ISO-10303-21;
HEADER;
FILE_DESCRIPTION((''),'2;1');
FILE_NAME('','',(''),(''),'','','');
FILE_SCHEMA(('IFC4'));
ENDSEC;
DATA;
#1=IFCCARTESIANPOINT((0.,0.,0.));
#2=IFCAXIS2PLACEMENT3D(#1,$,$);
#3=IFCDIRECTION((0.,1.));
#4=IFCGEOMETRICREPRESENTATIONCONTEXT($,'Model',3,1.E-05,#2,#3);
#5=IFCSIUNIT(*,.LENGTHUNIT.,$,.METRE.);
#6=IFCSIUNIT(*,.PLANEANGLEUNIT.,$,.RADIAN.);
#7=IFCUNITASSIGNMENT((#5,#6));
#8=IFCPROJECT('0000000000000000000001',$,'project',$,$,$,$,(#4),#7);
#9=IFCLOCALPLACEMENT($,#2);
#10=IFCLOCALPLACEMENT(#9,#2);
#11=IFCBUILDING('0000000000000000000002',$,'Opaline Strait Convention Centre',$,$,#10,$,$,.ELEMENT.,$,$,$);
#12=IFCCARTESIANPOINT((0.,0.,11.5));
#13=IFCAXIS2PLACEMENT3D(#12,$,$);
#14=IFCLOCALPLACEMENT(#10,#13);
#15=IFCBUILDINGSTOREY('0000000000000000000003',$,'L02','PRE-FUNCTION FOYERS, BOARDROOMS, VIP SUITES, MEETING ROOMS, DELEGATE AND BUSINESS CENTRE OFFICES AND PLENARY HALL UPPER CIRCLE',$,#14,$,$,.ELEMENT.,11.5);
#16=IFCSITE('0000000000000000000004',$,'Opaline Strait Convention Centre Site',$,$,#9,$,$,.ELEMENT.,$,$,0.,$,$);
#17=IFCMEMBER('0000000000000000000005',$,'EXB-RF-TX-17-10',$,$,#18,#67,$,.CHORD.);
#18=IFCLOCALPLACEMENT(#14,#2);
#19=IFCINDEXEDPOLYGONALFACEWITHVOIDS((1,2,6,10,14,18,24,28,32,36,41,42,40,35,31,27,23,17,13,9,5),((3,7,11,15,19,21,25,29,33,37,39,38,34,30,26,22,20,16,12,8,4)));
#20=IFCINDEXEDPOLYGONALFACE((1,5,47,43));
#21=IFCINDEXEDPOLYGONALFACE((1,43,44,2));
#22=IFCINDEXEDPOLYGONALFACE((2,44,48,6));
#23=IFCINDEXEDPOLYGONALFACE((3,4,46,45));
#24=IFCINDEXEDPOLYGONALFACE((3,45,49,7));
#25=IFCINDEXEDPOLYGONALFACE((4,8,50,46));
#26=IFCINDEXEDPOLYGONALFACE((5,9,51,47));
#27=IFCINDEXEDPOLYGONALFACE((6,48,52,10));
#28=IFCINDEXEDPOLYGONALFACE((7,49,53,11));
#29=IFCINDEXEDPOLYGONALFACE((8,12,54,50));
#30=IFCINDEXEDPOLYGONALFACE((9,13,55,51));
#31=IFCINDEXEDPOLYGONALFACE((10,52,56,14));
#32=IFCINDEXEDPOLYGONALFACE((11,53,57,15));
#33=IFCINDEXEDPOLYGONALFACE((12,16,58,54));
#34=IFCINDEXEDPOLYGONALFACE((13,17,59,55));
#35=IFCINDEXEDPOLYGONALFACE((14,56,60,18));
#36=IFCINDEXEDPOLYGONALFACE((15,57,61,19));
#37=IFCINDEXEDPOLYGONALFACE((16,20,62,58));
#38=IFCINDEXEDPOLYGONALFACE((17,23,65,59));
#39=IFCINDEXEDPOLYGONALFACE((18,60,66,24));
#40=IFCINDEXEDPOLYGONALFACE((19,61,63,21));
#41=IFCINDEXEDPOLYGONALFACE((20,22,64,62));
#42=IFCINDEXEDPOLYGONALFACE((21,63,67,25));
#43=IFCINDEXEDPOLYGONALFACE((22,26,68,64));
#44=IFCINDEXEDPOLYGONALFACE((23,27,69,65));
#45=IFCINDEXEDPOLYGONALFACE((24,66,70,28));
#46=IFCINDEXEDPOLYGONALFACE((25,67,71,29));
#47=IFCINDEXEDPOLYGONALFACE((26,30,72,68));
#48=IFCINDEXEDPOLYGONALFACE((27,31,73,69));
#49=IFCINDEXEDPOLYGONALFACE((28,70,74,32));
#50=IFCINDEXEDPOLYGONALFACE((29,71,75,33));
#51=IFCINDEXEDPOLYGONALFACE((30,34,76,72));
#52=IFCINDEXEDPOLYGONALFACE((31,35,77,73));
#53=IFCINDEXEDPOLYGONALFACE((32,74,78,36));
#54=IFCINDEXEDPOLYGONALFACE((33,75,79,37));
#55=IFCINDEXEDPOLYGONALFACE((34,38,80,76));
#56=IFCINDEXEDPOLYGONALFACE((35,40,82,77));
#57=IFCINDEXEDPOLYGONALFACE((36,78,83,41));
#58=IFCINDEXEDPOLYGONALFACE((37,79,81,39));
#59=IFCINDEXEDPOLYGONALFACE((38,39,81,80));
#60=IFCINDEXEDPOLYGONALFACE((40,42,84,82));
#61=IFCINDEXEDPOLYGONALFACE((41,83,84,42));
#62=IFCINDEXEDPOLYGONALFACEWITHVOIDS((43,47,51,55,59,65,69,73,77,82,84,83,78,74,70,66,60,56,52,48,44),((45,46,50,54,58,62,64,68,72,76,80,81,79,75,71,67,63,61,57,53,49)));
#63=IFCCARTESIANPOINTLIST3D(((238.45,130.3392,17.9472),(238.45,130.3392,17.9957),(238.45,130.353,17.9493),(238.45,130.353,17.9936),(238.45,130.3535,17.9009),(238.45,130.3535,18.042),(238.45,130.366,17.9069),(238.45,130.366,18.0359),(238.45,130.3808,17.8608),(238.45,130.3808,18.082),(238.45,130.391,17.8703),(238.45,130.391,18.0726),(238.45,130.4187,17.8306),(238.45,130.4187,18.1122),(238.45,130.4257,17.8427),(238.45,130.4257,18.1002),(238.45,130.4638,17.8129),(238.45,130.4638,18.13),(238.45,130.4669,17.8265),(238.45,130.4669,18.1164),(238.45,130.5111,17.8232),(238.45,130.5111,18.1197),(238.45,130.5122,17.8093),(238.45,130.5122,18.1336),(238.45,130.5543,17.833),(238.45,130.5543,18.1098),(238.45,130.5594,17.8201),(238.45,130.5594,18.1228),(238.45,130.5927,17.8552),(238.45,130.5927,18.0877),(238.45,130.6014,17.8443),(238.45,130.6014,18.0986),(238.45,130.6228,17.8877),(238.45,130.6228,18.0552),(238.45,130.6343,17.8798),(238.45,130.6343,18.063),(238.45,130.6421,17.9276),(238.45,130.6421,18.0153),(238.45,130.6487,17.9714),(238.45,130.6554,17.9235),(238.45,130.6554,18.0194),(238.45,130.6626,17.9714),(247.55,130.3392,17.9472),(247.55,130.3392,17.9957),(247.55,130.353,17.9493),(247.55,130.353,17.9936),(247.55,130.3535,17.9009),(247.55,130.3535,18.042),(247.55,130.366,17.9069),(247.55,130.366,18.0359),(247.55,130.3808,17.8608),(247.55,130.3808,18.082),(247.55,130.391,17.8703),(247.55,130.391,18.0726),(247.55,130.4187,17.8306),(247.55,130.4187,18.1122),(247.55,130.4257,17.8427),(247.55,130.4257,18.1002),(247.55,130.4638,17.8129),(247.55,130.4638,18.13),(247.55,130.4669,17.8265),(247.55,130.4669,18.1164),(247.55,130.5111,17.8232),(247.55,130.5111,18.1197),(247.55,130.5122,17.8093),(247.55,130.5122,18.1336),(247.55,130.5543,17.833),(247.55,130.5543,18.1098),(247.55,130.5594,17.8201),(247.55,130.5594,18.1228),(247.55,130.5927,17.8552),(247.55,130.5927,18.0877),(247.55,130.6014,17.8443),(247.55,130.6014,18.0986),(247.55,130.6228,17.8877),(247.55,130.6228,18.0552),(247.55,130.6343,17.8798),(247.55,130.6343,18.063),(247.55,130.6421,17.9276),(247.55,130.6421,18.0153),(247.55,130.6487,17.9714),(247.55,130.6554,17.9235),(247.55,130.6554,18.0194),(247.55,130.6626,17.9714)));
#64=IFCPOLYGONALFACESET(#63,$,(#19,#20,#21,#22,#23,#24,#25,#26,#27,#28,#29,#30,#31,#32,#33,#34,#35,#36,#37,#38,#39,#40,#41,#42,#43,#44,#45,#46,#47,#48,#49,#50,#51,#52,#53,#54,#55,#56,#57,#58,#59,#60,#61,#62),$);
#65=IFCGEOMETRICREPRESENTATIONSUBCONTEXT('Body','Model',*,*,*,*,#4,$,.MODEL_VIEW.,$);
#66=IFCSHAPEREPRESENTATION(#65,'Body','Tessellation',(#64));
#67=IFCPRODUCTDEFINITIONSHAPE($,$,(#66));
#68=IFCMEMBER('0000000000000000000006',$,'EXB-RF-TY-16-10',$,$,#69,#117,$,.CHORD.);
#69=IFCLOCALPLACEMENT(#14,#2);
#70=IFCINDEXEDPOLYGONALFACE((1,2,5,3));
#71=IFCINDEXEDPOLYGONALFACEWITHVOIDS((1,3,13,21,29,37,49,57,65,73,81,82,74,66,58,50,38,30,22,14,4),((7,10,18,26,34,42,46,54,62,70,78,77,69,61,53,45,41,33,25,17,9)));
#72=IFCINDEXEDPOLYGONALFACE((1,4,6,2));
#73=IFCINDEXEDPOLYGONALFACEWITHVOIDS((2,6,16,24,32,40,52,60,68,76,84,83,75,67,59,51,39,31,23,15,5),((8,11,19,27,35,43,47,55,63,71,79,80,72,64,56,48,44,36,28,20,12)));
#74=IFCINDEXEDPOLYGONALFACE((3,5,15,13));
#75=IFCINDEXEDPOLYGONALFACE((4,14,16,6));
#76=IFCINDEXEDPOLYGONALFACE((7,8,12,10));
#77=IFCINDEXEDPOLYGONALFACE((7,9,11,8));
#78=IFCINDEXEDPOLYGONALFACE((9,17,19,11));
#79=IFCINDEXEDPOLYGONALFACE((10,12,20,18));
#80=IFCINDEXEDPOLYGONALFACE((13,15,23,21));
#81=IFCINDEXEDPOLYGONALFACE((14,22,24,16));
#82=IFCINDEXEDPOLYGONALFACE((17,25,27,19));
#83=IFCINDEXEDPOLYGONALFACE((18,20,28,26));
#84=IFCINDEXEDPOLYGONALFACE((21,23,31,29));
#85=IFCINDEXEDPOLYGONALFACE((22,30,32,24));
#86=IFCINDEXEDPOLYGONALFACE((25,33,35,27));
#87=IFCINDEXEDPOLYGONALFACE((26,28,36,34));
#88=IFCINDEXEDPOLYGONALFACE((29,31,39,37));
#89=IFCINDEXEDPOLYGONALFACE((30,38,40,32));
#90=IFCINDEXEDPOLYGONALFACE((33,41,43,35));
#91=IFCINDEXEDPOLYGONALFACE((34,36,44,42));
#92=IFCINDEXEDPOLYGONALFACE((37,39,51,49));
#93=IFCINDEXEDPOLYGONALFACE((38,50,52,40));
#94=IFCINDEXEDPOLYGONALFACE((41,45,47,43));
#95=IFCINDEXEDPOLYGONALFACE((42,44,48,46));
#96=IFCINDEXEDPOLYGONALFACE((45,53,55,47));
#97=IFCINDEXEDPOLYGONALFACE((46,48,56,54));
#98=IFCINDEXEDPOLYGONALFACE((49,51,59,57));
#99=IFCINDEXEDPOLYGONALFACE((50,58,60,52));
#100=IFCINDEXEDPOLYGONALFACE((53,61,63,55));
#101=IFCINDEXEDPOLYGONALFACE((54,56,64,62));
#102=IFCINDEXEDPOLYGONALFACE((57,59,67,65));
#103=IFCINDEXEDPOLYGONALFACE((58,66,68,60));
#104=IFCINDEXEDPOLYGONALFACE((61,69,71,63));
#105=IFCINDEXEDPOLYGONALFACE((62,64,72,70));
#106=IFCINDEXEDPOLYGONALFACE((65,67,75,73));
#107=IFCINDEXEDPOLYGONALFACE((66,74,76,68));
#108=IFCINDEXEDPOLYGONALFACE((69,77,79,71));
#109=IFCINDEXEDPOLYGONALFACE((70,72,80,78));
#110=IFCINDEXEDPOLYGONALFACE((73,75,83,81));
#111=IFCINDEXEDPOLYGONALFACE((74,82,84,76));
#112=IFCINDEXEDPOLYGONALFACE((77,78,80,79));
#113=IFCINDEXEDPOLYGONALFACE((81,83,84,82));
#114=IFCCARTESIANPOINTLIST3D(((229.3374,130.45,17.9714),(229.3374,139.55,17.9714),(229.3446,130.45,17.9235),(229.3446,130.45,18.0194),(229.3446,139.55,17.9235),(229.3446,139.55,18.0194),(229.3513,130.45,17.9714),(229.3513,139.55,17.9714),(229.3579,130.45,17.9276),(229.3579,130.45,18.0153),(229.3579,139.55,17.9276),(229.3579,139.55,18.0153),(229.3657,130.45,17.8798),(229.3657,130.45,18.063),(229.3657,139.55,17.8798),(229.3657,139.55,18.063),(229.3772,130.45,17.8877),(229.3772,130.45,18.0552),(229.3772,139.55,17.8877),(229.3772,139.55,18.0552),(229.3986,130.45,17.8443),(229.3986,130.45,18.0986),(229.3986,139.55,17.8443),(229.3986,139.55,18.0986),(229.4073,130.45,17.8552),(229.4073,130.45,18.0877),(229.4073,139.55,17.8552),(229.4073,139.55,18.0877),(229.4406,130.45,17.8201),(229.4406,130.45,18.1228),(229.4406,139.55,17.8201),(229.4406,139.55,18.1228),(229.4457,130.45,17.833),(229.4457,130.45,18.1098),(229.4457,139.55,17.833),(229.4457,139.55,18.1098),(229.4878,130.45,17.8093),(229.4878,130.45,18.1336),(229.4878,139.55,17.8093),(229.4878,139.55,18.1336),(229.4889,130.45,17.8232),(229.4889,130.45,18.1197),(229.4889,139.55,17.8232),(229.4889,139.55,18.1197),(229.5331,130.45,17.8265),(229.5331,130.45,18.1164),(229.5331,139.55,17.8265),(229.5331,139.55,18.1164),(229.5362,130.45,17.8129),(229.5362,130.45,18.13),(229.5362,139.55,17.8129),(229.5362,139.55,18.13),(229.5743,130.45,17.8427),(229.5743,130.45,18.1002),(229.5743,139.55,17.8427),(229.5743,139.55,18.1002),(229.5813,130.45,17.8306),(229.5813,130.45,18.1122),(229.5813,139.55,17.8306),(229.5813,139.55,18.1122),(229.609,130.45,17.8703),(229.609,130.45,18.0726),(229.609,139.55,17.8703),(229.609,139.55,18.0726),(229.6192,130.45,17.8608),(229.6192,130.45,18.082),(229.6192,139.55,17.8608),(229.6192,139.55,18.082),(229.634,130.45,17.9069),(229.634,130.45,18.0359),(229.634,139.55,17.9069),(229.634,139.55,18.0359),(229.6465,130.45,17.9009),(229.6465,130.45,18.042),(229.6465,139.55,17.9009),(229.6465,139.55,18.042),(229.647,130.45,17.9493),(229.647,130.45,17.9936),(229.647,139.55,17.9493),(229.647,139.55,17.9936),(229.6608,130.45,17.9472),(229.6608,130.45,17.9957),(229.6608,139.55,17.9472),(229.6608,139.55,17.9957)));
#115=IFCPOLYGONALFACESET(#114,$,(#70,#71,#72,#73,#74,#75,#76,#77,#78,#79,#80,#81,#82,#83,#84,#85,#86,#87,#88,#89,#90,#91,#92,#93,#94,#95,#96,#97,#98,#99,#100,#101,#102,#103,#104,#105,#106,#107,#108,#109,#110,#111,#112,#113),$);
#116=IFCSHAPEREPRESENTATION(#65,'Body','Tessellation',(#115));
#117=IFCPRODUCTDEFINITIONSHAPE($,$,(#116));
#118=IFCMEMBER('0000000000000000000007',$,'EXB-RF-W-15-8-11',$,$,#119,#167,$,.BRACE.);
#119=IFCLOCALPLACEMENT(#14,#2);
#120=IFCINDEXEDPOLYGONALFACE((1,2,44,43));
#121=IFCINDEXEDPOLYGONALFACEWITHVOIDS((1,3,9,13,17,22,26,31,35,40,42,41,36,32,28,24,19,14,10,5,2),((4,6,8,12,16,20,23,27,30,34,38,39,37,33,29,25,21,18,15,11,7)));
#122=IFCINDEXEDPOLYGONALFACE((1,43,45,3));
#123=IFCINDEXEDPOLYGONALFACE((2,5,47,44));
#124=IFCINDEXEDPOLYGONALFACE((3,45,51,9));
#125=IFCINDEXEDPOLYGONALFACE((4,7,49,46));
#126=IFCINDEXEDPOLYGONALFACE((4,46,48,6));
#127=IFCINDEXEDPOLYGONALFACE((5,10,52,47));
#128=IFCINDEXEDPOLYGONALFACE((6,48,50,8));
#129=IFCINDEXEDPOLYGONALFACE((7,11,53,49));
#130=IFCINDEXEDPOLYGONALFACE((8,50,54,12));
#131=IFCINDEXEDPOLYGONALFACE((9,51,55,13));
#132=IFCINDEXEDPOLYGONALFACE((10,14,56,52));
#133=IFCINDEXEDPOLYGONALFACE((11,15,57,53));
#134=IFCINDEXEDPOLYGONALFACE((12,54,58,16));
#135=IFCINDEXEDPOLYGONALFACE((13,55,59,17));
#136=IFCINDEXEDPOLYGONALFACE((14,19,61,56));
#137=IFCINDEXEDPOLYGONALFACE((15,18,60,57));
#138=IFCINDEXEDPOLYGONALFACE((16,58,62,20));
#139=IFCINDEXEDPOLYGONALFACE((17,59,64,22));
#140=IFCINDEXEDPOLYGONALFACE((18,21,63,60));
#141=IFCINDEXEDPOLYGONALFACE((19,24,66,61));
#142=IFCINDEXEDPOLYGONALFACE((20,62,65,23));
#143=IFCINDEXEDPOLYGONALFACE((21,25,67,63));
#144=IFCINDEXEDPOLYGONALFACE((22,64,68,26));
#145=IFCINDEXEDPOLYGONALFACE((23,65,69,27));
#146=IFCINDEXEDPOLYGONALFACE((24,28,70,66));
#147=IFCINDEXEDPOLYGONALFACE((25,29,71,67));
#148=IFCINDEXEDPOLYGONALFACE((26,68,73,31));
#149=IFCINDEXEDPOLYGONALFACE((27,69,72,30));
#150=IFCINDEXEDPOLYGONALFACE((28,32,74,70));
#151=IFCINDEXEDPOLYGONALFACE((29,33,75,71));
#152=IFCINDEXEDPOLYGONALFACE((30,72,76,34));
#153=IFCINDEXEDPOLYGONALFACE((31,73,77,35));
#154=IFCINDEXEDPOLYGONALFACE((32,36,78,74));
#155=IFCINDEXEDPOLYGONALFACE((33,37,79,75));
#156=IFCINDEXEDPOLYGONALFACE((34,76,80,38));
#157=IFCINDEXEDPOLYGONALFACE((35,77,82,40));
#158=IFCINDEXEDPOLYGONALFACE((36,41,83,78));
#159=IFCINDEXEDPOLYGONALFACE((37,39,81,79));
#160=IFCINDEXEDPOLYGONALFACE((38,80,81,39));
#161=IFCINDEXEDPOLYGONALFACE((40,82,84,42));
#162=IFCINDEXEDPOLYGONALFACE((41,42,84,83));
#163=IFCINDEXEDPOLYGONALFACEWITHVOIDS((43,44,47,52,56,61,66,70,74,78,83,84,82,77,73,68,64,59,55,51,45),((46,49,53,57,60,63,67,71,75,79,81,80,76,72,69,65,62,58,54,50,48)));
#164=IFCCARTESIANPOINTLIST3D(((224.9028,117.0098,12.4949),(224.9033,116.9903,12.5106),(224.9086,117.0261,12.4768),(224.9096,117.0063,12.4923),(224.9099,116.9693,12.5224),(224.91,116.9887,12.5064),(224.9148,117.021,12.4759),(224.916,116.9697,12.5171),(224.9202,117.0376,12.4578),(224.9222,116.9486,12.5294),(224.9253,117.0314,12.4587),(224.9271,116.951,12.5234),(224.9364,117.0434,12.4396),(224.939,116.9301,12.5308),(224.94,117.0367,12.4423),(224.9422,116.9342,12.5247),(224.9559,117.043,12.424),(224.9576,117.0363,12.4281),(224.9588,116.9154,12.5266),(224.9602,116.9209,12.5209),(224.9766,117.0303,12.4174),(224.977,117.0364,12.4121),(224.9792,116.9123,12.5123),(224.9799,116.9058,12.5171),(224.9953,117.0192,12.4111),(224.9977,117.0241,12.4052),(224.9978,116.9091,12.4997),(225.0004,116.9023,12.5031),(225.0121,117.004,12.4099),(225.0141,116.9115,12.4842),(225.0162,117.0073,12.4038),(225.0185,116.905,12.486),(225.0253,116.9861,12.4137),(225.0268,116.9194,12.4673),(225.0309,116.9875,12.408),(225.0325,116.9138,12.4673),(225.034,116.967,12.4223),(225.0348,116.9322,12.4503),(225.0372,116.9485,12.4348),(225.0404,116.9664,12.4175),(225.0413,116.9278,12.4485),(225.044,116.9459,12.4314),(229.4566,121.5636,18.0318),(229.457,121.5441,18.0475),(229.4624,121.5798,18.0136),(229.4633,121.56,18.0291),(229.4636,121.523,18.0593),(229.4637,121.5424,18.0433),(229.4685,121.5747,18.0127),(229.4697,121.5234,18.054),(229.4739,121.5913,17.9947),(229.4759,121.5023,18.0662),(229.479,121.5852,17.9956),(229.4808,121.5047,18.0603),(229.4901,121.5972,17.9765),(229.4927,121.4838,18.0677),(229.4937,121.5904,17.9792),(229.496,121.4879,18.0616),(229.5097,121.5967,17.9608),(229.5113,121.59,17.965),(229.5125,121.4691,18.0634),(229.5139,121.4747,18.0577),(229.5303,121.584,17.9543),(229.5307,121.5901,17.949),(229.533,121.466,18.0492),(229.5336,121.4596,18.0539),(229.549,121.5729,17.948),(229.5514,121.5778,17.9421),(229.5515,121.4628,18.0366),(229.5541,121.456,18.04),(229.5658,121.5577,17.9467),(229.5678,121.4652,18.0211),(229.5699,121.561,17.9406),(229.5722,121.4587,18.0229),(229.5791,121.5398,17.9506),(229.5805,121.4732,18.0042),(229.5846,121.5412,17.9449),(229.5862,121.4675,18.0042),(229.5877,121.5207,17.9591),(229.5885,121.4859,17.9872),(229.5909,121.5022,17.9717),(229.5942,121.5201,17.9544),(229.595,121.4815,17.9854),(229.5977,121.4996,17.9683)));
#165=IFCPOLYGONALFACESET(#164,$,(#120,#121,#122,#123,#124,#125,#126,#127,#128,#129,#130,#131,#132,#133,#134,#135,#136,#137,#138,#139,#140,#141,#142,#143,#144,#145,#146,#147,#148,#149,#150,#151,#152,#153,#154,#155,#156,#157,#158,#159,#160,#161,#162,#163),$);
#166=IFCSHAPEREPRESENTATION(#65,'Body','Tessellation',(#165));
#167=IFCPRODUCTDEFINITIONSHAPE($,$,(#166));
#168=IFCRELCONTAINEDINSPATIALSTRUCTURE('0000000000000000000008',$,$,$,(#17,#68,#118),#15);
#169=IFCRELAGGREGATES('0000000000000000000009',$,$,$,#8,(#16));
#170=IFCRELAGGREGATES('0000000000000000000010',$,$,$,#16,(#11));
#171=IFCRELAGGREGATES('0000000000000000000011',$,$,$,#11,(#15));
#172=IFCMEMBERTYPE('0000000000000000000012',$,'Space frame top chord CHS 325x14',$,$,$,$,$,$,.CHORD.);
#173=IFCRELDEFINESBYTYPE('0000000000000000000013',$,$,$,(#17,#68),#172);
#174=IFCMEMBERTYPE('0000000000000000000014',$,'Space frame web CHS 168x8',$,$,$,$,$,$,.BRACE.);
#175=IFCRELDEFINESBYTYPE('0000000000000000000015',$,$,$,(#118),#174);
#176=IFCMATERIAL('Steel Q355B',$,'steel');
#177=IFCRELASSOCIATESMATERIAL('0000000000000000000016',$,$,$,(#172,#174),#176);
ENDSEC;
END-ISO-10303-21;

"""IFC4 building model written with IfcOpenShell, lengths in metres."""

from ifc_helpers import new_model, si_unit, direction, frame, origin, origin_2d, place, context, subcontext, project, spatial, hollow_circle, extrude, material, material_profile, profile_set, type_object, element, save


model = new_model("IFC4")

# Units and contexts
model_context = context("Model", 3, precision=1e-05, world=origin(), true_north=direction((0.0, 1.0)))
body_context = subcontext(model_context, "Body", "Model", "MODEL_VIEW")
ifc_project = project(units=[si_unit("LENGTHUNIT", "METRE"), si_unit("PLANEANGLEUNIT", "RADIAN")], contexts=[model_context])

# Site, building, storey
site_placement = place(None, origin())
site = spatial("IfcSite", under=ifc_project, at=site_placement, Name="Opaline Strait Convention Centre Site", CompositionType="ELEMENT", RefElevation=0.0)
building_placement = place(site_placement, origin())
building = spatial("IfcBuilding", under=site, at=building_placement, Name="Opaline Strait Convention Centre", CompositionType="ELEMENT")
storey_placement = place(building_placement, frame((0.0, 0.0, 11.5)))
storey = spatial("IfcBuildingStorey", under=building, at=storey_placement, Name="L02", Description="PRE-FUNCTION FOYERS, BOARDROOMS, VIP SUITES, MEETING ROOMS, DELEGATE AND BUSINESS CENTRE OFFICES AND PLENARY HALL UPPER CIRCLE", CompositionType="ELEMENT", Elevation=11.5)

# Members
ifc_material = material(Name="Steel Q355B", Category="steel")
ifc_material_profile_1 = material_profile(ifc_material, hollow_circle(Radius=0.1626, WallThickness=0.0139, at=origin_2d()), Name="CHS 325x14")
ifc_profile_set_1 = profile_set([ifc_material_profile_1], Name="Steel Q355B")
member_type_1 = type_object("IfcMemberType", Name="Space frame top chord CHS 325x14", PredefinedType="CHORD", material=ifc_profile_set_1)
for number, where, z_axis, x_axis, name in (
    (1, (238.45, 130.5, 17.9714), (1.0, 0.0, 0.0), (0.0, 1.0, 0.0), "EXB-RF-TX-17-10"),
    (2, (229.5, 130.45, 17.9714), (0.0, 1.0, 0.0), (-1.0, 0.0, 0.0), "EXB-RF-TY-16-10"),
):
    element("IfcMember", number, at=place(storey_placement, frame(where, z_axis=z_axis, x_axis=x_axis)), inside=storey, type_object=member_type_1, Name=name, PredefinedType="CHORD", context=body_context, shape_type="SweptSolid", body=[
        extrude(hollow_circle(Radius=0.1626, WallThickness=0.0139, at=origin_2d()), origin(), (0.0, 0.0, 1.0), 9.1001),
    ])
ifc_material_profile_2 = material_profile(ifc_material, hollow_circle(Radius=0.084, WallThickness=0.0081, at=origin_2d()), Name="CHS 168x8")
ifc_profile_set_2 = profile_set([ifc_material_profile_2], Name="Steel Q355B")
member_type_2 = type_object("IfcMemberType", Name="Space frame web CHS 168x8", PredefinedType="BRACE", material=ifc_profile_set_2)
for number, where, z_axis, x_axis, name in (
    (3, (229.5269, 121.5269, 18.0042), (-0.536178, -0.536178, -0.65194), (0.707107, -0.707107, 0.0), "EXB-RF-W-15-8-11"),
):
    element("IfcMember", number, at=place(storey_placement, frame(where, z_axis=z_axis, x_axis=x_axis)), inside=storey, type_object=member_type_2, Name=name, PredefinedType="BRACE", context=body_context, shape_type="SweptSolid", body=[
        extrude(hollow_circle(Radius=0.084, WallThickness=0.0081, at=origin_2d()), origin(), (0.0, 0.0, 1.0), 8.4929),
    ])

save(model, "model.ifc")
